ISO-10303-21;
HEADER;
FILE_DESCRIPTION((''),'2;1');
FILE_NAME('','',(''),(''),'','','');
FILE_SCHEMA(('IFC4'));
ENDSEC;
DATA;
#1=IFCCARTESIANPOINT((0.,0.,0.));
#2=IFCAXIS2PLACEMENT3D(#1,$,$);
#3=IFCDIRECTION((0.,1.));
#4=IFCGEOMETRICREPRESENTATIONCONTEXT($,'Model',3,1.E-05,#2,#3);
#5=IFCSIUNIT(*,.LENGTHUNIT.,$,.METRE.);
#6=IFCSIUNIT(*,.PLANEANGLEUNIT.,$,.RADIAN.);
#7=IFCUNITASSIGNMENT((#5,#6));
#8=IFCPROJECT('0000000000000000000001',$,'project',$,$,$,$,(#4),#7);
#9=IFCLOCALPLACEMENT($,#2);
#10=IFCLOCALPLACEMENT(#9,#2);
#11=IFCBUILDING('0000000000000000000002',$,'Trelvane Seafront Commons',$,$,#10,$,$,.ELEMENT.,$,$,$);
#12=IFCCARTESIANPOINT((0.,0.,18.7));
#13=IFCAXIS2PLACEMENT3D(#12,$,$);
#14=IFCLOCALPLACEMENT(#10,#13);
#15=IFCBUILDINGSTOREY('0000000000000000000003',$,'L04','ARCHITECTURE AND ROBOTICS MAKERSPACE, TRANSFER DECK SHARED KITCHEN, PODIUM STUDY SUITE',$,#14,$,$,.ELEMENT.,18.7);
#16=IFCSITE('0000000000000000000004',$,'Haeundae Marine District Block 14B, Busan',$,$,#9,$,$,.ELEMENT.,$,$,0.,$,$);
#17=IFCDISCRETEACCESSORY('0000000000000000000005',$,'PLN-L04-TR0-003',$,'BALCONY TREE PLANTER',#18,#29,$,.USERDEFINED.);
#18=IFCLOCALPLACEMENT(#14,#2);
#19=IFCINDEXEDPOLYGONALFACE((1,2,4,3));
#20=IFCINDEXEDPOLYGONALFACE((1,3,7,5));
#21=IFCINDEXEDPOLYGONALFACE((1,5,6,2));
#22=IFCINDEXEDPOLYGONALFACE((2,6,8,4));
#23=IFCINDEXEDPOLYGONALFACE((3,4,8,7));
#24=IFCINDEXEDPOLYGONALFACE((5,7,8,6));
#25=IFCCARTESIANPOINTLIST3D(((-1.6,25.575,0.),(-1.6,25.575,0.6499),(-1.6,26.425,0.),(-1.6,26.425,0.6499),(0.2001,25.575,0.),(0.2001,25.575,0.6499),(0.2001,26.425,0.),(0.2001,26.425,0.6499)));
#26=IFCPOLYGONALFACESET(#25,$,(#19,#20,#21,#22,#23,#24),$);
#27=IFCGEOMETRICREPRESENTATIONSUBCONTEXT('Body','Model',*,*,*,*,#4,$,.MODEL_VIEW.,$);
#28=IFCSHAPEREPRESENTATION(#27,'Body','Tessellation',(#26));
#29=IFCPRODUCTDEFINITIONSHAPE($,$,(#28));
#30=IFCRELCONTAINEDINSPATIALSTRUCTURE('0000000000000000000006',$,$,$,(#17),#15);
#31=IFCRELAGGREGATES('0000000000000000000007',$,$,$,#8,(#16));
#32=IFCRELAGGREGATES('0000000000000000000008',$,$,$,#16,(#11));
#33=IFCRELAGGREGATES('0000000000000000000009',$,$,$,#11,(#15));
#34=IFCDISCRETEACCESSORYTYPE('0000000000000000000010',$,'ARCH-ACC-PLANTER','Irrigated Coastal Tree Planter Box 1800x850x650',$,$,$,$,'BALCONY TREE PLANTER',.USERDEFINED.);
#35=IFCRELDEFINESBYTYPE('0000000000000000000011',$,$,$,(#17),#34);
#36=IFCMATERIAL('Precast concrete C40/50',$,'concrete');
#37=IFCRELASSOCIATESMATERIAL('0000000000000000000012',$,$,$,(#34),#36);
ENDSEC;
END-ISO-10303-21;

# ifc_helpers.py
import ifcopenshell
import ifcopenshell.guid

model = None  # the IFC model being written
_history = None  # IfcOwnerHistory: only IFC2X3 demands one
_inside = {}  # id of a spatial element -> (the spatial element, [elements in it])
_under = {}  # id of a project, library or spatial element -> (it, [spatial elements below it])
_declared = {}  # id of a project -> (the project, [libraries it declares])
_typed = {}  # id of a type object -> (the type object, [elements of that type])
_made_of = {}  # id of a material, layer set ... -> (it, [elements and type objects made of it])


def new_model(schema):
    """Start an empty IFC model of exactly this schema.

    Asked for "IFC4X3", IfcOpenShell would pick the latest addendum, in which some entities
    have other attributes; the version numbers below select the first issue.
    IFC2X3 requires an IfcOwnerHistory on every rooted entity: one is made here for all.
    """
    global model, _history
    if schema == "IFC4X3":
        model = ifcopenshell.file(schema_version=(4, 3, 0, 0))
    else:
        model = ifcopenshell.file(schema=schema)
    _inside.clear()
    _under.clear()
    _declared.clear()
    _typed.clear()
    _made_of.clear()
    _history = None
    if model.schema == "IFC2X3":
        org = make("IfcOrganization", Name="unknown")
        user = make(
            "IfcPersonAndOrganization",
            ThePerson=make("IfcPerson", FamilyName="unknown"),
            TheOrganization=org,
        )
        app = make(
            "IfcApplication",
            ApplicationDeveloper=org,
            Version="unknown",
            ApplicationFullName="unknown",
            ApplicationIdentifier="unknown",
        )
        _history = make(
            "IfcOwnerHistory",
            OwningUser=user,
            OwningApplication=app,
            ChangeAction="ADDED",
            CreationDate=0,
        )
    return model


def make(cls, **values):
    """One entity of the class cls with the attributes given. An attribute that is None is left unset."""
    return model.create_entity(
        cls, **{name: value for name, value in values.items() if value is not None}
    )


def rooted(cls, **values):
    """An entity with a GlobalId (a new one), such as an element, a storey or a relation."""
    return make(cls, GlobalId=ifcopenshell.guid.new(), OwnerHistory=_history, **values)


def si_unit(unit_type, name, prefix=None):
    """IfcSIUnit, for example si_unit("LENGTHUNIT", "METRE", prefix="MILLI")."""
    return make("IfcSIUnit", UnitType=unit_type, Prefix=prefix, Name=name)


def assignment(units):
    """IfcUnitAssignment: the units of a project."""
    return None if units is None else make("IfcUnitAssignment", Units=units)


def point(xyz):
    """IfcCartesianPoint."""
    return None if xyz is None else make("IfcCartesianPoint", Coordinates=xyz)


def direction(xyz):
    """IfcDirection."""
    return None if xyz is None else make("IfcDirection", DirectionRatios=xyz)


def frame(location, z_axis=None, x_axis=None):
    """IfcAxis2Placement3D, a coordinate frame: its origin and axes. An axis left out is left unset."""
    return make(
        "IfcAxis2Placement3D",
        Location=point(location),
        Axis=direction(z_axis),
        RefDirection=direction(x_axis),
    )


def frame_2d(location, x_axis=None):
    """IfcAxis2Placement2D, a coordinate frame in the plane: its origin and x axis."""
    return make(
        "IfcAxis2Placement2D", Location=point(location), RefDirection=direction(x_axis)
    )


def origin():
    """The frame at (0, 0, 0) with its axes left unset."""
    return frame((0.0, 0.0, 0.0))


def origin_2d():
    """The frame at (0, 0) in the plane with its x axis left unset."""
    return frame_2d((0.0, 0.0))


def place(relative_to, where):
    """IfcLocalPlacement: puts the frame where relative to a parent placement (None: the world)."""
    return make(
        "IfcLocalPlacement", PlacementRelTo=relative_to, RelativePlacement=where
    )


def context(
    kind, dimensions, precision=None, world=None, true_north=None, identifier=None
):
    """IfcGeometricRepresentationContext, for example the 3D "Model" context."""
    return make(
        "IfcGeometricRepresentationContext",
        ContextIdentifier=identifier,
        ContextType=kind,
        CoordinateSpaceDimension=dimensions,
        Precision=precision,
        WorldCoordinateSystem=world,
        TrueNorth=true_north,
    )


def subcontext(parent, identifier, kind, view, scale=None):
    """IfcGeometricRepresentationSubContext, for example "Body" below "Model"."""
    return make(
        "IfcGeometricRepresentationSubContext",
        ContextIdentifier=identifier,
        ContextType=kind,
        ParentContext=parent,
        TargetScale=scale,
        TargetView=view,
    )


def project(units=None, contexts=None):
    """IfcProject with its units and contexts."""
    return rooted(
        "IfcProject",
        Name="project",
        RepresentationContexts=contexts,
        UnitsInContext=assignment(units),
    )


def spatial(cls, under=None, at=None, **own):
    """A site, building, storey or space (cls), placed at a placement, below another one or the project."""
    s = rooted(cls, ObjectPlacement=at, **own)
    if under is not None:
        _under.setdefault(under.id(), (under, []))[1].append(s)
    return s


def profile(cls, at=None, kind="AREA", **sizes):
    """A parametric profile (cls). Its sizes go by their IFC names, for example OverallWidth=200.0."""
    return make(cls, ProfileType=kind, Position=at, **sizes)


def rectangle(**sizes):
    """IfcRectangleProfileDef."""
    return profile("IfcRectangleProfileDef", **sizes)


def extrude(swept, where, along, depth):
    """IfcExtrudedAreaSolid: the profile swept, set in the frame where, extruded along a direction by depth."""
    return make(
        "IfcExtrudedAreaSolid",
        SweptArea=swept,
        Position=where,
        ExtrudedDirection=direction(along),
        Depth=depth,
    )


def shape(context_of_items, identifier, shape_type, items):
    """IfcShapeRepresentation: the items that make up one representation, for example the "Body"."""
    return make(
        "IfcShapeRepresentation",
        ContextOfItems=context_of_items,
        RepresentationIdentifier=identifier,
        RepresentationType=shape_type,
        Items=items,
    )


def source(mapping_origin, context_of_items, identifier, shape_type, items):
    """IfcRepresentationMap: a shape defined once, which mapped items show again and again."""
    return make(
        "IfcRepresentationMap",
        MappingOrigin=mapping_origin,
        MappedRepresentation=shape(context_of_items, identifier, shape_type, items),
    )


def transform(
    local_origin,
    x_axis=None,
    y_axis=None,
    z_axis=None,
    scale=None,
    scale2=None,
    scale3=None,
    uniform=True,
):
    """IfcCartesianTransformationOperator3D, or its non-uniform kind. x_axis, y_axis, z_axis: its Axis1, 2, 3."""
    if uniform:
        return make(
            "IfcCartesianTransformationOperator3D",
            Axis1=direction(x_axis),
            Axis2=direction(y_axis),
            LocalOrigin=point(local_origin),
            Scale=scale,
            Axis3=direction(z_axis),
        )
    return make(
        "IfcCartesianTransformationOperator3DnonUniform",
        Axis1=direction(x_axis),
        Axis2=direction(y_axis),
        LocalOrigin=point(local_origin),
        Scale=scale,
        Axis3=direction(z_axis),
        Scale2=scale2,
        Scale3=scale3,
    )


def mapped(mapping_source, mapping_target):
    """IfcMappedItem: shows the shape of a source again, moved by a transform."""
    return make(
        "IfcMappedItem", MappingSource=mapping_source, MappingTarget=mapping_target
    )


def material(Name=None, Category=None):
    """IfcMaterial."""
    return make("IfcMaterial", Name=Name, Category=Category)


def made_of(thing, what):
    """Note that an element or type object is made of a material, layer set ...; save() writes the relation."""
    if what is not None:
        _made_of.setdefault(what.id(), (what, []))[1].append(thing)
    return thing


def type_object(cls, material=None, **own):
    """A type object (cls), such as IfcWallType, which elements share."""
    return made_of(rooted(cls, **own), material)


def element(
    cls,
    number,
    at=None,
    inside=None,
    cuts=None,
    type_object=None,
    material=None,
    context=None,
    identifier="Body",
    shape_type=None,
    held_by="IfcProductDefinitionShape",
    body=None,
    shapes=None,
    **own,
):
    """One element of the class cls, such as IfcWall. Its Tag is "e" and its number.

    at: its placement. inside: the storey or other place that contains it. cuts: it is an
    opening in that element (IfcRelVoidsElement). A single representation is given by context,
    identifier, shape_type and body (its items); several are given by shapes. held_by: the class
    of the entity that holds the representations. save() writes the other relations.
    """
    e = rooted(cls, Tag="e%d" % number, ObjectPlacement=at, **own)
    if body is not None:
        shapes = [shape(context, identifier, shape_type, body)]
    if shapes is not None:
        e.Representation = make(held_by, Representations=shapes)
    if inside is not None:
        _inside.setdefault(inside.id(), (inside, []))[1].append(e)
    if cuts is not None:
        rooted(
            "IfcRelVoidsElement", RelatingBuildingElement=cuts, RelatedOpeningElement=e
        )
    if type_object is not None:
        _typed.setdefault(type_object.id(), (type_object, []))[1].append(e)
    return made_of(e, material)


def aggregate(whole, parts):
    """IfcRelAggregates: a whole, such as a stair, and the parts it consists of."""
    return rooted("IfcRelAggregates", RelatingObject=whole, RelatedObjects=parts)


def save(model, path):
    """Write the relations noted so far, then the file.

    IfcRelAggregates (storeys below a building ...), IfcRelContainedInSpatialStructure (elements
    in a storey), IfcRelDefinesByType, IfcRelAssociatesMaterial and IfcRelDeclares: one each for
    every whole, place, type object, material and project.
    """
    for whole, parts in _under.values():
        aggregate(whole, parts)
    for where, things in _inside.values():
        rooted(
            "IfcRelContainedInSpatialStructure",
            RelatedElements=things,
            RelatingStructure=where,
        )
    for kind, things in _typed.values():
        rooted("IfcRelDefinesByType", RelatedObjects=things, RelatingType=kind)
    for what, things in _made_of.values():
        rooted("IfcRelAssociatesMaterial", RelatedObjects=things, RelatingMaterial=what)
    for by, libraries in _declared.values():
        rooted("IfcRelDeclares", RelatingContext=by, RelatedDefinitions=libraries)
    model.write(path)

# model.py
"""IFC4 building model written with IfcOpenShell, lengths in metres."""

from ifc_helpers import new_model, si_unit, direction, frame, origin, origin_2d, place, context, subcontext, project, spatial, rectangle, extrude, source, transform, mapped, material, type_object, element, save


model = new_model("IFC4")

# Units and contexts
model_context = context("Model", 3, precision=1e-05, world=origin(), true_north=direction((0.0, 1.0)))
body_context = subcontext(model_context, "Body", "Model", "MODEL_VIEW")
ifc_project = project(units=[si_unit("LENGTHUNIT", "METRE"), si_unit("PLANEANGLEUNIT", "RADIAN")], contexts=[model_context])

# Site, building, storey
site_placement = place(None, origin())
site = spatial("IfcSite", under=ifc_project, at=site_placement, Name="Haeundae Marine District Block 14B, Busan", CompositionType="ELEMENT", RefElevation=0.0)
building_placement = place(site_placement, origin())
building = spatial("IfcBuilding", under=site, at=building_placement, Name="Trelvane Seafront Commons", CompositionType="ELEMENT")
storey_placement = place(building_placement, frame((0.0, 0.0, 18.7)))
storey = spatial("IfcBuildingStorey", under=building, at=storey_placement, Name="L04", Description="ARCHITECTURE AND ROBOTICS MAKERSPACE, TRANSFER DECK SHARED KITCHEN, PODIUM STUDY SUITE", CompositionType="ELEMENT", Elevation=18.7)

# Discrete accessory
ifc_material_1 = material(Name="Precast concrete C40/50", Category="concrete")
discrete_accessory_type = type_object("IfcDiscreteAccessoryType", Name="ARCH-ACC-PLANTER", Description="Irrigated Coastal Tree Planter Box 1800x850x650", ElementType="BALCONY TREE PLANTER", PredefinedType="USERDEFINED", material=ifc_material_1)
shared_shape_1 = source(origin(), body_context, "Body", "SweptSolid", [
    extrude(rectangle(XDim=1.8, YDim=0.8501, at=origin_2d()), origin(), (0.0, 0.0, 1.0), 0.6499),
])
discrete_accessory_placement = place(storey_placement, frame((-0.7, 26.0, 0.0), z_axis=(0.0, 0.0, 1.0), x_axis=(1.0, 0.0, 0.0)))
element("IfcDiscreteAccessory", 1, at=discrete_accessory_placement, inside=storey, type_object=discrete_accessory_type, Name="PLN-L04-TR0-003", ObjectType="BALCONY TREE PLANTER", PredefinedType="USERDEFINED", context=body_context, shape_type="MappedRepresentation", body=[
    mapped(shared_shape_1, transform((0.0, 0.0, 0.0), x_axis=(1.0, 0.0, 0.0), y_axis=(0.0, 1.0, 0.0), z_axis=(0.0, 0.0, 1.0), scale=1.0)),
])

save(model, "model.ifc")
